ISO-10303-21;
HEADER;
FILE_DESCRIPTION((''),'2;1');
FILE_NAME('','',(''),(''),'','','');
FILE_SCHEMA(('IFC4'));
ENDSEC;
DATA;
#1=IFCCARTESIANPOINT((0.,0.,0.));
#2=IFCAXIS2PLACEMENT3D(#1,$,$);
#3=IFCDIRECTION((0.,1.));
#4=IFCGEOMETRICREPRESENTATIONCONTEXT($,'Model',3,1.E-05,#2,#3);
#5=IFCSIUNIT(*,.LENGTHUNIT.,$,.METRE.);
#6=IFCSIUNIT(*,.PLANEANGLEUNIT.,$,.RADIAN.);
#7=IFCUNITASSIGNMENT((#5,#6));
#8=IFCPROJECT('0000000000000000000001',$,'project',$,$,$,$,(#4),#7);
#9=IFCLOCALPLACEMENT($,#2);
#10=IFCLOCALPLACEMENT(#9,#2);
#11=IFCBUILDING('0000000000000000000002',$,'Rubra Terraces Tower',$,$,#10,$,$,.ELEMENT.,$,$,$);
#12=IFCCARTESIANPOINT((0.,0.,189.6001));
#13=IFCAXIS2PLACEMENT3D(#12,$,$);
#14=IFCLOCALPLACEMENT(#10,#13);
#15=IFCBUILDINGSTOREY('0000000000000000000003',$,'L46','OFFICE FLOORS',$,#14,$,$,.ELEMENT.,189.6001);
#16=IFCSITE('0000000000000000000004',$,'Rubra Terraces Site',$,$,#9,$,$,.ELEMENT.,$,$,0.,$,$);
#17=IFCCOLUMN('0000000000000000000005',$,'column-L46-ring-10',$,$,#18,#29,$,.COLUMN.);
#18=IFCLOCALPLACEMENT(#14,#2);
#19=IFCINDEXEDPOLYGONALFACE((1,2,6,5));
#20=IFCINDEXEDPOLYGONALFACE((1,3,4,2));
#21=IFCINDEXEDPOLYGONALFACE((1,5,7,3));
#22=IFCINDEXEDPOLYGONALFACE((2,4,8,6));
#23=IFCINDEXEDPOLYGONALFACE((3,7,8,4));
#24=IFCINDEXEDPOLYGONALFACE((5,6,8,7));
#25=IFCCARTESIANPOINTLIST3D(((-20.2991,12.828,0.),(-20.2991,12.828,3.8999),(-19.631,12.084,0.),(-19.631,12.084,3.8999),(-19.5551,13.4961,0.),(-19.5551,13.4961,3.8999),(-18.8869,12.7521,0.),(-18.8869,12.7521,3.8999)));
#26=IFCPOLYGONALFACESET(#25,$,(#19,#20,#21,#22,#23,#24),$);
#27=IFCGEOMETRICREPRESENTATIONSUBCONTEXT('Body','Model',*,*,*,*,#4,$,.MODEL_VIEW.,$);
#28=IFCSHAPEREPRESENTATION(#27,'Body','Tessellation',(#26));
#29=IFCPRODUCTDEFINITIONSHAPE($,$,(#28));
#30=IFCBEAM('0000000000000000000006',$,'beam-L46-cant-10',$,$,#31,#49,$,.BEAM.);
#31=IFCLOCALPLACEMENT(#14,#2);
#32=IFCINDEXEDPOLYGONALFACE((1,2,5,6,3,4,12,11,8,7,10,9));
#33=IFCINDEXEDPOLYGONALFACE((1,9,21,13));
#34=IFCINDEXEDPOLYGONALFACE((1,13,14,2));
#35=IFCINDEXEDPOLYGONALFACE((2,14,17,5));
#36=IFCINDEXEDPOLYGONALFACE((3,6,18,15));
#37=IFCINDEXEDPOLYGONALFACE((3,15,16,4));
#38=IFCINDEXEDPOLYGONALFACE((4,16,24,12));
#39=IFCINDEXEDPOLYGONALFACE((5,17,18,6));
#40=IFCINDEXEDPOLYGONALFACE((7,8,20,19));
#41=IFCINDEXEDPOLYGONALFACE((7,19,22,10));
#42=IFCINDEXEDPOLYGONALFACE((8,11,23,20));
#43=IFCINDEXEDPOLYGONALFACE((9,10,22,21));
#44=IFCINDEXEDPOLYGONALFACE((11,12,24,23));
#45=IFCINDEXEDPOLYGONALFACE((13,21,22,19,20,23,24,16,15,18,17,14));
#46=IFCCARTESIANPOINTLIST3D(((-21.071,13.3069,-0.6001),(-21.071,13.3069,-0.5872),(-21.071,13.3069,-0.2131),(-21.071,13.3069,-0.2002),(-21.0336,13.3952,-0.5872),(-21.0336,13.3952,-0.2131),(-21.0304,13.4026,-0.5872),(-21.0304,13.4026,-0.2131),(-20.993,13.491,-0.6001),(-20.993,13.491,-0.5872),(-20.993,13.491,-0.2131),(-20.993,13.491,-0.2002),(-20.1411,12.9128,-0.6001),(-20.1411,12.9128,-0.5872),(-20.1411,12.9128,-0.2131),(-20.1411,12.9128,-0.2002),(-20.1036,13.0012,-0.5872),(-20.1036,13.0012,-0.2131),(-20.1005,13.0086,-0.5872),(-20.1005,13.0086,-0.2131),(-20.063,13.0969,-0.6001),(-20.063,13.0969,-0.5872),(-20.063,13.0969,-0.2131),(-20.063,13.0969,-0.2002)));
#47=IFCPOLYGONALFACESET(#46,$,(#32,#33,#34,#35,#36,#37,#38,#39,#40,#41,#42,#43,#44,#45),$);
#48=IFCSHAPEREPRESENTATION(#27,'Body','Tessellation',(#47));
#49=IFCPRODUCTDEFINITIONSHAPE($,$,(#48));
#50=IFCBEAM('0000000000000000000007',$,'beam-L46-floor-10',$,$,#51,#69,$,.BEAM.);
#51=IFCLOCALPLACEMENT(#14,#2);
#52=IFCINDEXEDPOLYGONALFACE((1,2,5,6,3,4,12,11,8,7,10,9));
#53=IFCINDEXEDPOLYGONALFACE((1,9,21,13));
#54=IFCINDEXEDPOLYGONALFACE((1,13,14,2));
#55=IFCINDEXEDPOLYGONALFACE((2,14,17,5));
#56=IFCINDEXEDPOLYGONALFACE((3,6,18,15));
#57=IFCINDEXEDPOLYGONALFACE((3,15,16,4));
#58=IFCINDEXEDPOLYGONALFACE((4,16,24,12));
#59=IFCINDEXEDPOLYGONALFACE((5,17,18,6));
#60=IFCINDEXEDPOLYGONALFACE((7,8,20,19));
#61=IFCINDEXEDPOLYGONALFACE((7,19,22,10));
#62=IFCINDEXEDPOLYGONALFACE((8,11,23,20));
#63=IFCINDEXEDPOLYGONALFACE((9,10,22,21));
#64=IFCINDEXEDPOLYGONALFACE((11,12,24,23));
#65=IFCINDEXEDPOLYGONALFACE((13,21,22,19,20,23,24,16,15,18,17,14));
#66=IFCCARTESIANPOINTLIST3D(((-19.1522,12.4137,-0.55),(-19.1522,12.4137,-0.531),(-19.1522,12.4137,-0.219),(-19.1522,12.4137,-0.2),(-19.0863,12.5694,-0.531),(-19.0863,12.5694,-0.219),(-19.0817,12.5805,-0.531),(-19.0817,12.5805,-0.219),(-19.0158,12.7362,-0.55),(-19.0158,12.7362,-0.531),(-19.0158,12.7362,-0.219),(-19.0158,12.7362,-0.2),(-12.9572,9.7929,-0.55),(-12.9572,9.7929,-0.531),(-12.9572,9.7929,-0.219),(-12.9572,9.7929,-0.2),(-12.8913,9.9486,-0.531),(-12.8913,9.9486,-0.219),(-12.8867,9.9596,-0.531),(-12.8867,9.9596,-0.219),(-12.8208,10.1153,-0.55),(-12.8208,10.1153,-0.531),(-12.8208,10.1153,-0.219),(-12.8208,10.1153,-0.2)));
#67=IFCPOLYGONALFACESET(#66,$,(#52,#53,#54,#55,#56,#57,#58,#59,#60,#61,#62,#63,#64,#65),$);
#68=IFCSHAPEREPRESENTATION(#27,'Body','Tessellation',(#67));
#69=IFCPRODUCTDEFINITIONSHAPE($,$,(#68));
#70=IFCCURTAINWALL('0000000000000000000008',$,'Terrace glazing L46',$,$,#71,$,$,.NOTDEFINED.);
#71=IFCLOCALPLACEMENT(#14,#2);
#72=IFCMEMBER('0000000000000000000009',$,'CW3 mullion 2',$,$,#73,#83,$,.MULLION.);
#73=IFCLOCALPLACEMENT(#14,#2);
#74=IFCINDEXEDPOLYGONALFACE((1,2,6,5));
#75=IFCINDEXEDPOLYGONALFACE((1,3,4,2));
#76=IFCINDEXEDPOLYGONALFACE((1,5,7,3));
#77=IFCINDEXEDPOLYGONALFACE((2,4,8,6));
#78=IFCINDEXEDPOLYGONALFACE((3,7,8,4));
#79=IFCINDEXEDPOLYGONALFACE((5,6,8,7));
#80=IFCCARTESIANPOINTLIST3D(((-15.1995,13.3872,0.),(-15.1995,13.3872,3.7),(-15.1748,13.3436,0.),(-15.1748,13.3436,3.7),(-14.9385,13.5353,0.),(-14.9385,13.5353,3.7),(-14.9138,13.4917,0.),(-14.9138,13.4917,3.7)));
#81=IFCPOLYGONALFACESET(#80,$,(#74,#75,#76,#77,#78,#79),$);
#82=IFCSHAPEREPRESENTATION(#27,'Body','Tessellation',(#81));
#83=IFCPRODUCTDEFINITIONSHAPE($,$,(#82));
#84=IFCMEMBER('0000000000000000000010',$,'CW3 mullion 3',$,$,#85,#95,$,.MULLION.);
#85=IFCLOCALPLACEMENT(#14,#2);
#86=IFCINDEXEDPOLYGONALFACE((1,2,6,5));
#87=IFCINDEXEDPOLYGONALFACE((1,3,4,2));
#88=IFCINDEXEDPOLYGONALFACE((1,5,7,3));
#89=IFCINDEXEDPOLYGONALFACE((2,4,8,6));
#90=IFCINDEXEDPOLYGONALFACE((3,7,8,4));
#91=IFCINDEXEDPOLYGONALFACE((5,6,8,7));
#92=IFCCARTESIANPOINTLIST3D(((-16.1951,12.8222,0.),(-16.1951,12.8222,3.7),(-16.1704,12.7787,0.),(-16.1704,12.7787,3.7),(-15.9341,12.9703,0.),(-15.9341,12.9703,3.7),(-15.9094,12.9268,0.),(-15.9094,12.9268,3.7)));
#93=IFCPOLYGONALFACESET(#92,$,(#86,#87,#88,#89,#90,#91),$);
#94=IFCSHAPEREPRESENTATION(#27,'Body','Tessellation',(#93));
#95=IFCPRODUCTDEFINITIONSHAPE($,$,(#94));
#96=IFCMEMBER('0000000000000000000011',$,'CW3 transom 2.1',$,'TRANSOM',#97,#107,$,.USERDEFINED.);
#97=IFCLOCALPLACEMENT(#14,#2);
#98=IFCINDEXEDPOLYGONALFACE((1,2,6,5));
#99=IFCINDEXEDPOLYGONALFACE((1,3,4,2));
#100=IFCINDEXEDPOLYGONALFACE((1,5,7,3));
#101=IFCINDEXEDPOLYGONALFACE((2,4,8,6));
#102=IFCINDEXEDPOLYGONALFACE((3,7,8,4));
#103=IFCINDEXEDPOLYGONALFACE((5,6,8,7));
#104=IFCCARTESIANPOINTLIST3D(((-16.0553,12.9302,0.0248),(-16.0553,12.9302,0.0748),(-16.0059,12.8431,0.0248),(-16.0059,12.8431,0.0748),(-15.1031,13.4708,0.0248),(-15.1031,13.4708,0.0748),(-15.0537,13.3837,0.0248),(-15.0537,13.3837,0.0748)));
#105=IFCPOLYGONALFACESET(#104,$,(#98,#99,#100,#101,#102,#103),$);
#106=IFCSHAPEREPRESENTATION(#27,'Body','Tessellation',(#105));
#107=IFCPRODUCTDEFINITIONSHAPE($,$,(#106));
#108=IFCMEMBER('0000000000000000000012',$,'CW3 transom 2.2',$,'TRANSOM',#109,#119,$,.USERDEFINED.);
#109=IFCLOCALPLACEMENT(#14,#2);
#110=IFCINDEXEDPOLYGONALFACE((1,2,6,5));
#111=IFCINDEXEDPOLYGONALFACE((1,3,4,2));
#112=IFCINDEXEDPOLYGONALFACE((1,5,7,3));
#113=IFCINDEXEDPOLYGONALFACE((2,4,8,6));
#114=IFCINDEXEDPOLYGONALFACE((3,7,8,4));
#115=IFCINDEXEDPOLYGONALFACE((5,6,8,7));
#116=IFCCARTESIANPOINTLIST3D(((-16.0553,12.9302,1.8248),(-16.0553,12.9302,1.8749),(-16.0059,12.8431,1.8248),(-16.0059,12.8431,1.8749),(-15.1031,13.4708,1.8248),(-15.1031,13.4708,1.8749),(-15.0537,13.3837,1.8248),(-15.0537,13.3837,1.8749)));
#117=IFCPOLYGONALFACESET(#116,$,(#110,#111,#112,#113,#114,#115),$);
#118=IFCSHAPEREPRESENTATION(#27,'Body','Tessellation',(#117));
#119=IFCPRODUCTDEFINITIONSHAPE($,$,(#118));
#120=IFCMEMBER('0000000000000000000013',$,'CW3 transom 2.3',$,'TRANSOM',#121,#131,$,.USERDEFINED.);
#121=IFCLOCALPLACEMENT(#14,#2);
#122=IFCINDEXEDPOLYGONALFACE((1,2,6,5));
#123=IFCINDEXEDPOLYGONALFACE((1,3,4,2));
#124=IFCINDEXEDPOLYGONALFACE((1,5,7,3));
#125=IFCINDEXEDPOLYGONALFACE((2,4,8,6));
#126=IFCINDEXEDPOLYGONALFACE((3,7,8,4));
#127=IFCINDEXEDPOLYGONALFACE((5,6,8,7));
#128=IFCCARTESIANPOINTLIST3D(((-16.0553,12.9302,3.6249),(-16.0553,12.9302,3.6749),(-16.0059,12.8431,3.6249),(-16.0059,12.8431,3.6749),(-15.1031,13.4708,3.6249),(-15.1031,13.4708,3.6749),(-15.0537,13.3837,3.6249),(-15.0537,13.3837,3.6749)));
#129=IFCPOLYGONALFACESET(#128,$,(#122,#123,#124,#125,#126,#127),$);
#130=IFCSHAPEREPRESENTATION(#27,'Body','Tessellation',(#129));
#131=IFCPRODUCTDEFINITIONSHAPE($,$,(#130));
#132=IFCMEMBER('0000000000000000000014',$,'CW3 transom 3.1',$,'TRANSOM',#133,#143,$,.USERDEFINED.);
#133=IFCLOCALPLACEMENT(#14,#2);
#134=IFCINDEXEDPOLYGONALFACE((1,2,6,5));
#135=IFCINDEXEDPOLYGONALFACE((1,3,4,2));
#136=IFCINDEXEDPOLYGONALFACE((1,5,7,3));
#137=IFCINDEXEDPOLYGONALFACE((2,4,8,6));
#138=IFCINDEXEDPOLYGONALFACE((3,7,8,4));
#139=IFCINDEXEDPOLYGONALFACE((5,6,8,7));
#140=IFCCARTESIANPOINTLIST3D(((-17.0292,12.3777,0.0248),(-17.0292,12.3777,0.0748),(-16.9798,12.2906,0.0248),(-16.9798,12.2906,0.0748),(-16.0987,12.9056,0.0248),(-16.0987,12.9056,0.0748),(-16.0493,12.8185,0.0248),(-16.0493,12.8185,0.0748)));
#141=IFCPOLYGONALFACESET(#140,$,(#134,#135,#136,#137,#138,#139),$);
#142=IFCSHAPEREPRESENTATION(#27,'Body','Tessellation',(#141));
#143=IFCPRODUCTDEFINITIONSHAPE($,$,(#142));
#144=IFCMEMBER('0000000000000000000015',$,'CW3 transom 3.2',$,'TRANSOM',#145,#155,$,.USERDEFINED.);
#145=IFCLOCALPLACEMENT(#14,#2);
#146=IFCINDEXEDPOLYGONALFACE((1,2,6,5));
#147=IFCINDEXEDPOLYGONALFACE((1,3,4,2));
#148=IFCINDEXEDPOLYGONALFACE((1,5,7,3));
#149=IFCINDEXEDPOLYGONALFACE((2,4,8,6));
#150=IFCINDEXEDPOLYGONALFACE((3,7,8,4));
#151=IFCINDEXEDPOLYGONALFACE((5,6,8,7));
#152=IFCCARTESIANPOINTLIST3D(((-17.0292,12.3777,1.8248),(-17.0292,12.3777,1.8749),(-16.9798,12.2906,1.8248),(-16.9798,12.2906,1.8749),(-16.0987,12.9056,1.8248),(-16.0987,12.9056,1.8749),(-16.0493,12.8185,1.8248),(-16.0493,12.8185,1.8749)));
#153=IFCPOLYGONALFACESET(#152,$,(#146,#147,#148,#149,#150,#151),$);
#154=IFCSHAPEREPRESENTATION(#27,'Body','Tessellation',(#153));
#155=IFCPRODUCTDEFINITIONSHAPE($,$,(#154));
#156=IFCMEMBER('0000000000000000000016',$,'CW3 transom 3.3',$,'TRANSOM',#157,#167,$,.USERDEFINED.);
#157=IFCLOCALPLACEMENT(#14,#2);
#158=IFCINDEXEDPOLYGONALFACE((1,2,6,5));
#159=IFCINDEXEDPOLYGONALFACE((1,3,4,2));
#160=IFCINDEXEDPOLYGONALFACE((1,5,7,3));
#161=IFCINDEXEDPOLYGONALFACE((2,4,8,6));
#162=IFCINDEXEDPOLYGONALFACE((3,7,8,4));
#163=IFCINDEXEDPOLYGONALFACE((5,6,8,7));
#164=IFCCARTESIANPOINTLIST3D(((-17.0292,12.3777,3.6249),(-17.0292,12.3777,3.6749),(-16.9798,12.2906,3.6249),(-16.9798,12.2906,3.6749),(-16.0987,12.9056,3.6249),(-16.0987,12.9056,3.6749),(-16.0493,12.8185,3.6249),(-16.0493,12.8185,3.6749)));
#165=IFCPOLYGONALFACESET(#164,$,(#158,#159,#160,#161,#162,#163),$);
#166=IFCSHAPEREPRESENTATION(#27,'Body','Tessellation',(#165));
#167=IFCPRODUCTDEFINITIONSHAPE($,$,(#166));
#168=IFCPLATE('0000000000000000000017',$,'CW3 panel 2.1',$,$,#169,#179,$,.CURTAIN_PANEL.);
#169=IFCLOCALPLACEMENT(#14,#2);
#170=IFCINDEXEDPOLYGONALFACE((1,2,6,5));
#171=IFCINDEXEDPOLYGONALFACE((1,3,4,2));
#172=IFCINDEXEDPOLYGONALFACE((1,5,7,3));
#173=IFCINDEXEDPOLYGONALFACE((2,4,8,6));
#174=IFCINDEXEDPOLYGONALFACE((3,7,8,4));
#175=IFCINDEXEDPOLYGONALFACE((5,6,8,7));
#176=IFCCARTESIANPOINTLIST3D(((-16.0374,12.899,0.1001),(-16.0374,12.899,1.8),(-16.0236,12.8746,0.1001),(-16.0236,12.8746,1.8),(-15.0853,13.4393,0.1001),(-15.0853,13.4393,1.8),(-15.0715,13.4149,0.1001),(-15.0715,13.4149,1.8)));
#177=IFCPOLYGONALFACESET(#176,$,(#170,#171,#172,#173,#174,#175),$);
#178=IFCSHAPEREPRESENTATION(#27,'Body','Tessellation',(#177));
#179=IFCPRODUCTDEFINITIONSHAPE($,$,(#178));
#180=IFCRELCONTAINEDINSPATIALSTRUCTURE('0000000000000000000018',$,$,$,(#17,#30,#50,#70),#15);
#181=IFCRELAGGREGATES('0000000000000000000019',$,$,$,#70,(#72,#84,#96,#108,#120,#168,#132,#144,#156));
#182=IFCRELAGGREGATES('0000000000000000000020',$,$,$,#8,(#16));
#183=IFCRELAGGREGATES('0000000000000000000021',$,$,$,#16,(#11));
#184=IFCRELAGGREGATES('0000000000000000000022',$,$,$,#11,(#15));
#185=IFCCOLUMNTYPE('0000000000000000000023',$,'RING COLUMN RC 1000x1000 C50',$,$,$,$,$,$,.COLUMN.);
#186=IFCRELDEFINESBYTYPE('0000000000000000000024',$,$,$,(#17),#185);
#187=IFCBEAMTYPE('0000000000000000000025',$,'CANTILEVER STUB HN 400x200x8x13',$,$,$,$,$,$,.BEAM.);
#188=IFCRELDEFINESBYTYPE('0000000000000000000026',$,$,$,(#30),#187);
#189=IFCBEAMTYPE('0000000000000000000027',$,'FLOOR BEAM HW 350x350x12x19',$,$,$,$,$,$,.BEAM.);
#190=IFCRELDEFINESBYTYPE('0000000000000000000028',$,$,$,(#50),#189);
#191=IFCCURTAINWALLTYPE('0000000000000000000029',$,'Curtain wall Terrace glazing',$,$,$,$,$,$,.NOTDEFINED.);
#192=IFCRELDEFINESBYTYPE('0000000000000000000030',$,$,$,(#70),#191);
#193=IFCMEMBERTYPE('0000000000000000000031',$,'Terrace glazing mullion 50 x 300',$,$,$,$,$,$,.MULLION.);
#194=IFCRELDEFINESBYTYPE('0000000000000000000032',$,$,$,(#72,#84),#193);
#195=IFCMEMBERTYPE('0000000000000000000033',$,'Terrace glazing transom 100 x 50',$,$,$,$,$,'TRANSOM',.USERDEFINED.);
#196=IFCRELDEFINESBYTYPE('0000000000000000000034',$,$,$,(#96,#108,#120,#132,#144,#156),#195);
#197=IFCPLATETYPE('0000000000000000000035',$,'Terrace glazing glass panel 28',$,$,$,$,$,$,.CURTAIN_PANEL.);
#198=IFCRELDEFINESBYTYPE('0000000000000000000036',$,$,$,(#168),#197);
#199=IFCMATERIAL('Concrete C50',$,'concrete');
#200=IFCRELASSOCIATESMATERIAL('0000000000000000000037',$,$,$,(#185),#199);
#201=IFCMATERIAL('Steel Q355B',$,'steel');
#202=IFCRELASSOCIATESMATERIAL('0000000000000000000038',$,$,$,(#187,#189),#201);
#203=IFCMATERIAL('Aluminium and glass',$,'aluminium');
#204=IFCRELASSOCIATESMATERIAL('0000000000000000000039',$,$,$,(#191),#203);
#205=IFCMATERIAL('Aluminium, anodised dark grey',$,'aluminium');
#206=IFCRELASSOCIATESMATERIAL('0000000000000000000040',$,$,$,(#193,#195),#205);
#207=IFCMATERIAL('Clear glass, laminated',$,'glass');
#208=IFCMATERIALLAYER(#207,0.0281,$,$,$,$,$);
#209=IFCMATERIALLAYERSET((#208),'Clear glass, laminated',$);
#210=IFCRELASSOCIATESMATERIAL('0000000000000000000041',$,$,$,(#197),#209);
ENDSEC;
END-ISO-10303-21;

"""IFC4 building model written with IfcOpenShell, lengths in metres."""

from ifc_helpers import new_model, si_unit, direction, frame, origin, origin_2d, place, context, subcontext, project, spatial, rectangle, i_section, extrude, material, layer, layer_set, material_profile, profile_set, type_object, element, aggregate, save


model = new_model("IFC4")

# Units and contexts
model_context = context("Model", 3, precision=1e-05, world=origin(), true_north=direction((0.0, 1.0)))
body_context = subcontext(model_context, "Body", "Model", "MODEL_VIEW")
ifc_project = project(units=[si_unit("LENGTHUNIT", "METRE"), si_unit("PLANEANGLEUNIT", "RADIAN")], contexts=[model_context])

# Site, building, storey
site_placement = place(None, origin())
site = spatial("IfcSite", under=ifc_project, at=site_placement, Name="Rubra Terraces Site", CompositionType="ELEMENT", RefElevation=0.0)
building_placement = place(site_placement, origin())
building = spatial("IfcBuilding", under=site, at=building_placement, Name="Rubra Terraces Tower", CompositionType="ELEMENT")
storey_placement = place(building_placement, frame((0.0, 0.0, 189.6001)))
storey = spatial("IfcBuildingStorey", under=building, at=storey_placement, Name="L46", Description="OFFICE FLOORS", CompositionType="ELEMENT", Elevation=189.6001)

# Column
ifc_material_1 = material(Name="Concrete C50", Category="concrete")
ifc_material_profile_1 = material_profile(ifc_material_1, rectangle(XDim=1.0, YDim=1.0, at=origin_2d()), Name="RC 1000x1000")
ifc_profile_set_1 = profile_set([ifc_material_profile_1], Name="Concrete C50")
column_type = type_object("IfcColumnType", Name="RING COLUMN RC 1000x1000 C50", PredefinedType="COLUMN", material=ifc_profile_set_1)
column_placement = place(storey_placement, frame((-19.593, 12.79, 0.0), z_axis=(0.0, 0.0, 1.0), x_axis=(-0.744021, -0.668156, 0.0)))
element("IfcColumn", 1, at=column_placement, inside=storey, type_object=column_type, Name="column-L46-ring-10", PredefinedType="COLUMN", context=body_context, shape_type="SweptSolid", body=[
    extrude(rectangle(XDim=1.0, YDim=1.0, at=origin_2d()), origin(), (0.0, 0.0, 1.0), 3.8999),
])

# Beams
ifc_material_2 = material(Name="Steel Q355B", Category="steel")
ifc_material_profile_2 = material_profile(ifc_material_2, i_section(OverallWidth=0.2, OverallDepth=0.3999, WebThickness=0.0081, FlangeThickness=0.0129, at=origin_2d()), Name="HN 400x200x8x13")
ifc_profile_set_2 = profile_set([ifc_material_profile_2], Name="Steel Q355B")
beam_type_1 = type_object("IfcBeamType", Name="CANTILEVER STUB HN 400x200x8x13", PredefinedType="BEAM", material=ifc_profile_set_2)
beam_1_placement = place(storey_placement, frame((-20.1021, 13.0049, -0.4001), z_axis=(-0.92075, 0.390153, 0.0), x_axis=(-0.390153, -0.92075, 0.0)))
element("IfcBeam", 2, at=beam_1_placement, inside=storey, type_object=beam_type_1, Name="beam-L46-cant-10", PredefinedType="BEAM", context=body_context, shape_type="SweptSolid", body=[
    extrude(i_section(OverallWidth=0.2, OverallDepth=0.3999, WebThickness=0.0081, FlangeThickness=0.0129, at=origin_2d()), origin(), (0.0, 0.0, 1.0), 1.01),
])
ifc_material_profile_3 = material_profile(ifc_material_2, i_section(OverallWidth=0.3501, OverallDepth=0.3501, WebThickness=0.012, FlangeThickness=0.019, at=origin_2d()), Name="HW 350x350x12x19")
ifc_profile_set_3 = profile_set([ifc_material_profile_3], Name="Steel Q355B")
beam_type_2 = type_object("IfcBeamType", Name="FLOOR BEAM HW 350x350x12x19", PredefinedType="BEAM", material=ifc_profile_set_3)
beam_2_placement = place(storey_placement, frame((-19.084, 12.575, -0.375), z_axis=(0.920975, -0.389622, 0.0), x_axis=(0.389622, 0.920975, 0.0)))
element("IfcBeam", 3, at=beam_2_placement, inside=storey, type_object=beam_type_2, Name="beam-L46-floor-10", PredefinedType="BEAM", context=body_context, shape_type="SweptSolid", body=[
    extrude(i_section(OverallWidth=0.3501, OverallDepth=0.3501, WebThickness=0.012, FlangeThickness=0.019, at=origin_2d()), origin(), (0.0, 0.0, 1.0), 6.7266),
])

# Curtain wall, members, plate
ifc_material_3 = material(Name="Aluminium and glass", Category="aluminium")
curtain_wall_type = type_object("IfcCurtainWallType", Name="Curtain wall Terrace glazing", PredefinedType="NOTDEFINED", material=ifc_material_3)
curtain_wall_placement = place(storey_placement, origin())
curtain_wall = element("IfcCurtainWall", 4, at=curtain_wall_placement, inside=storey, type_object=curtain_wall_type, Name="Terrace glazing L46", PredefinedType="NOTDEFINED")
ifc_material_4 = material(Name="Aluminium, anodised dark grey", Category="aluminium")
ifc_material_profile_4 = material_profile(ifc_material_4, rectangle(XDim=0.05, YDim=0.3, at=origin_2d()), Name="AL 50x300")
ifc_profile_set_4 = profile_set([ifc_material_profile_4], Name="Aluminium, anodised dark grey")
member_type_1 = type_object("IfcMemberType", Name="Terrace glazing mullion 50 x 300", PredefinedType="MULLION", material=ifc_profile_set_4)
member_1_placement = place(storey_placement, frame((-15.0566, 13.4395, 0.0), z_axis=(0.0, 0.0, 1.0), x_axis=(0.493534, -0.869726, 0.0)))
member_1 = element("IfcMember", 5, at=member_1_placement, type_object=member_type_1, Name="CW3 mullion 2", PredefinedType="MULLION", context=body_context, shape_type="SweptSolid", body=[
    extrude(rectangle(XDim=0.05, YDim=0.3, at=origin_2d()), origin(), (0.0, 0.0, 1.0), 3.7),
])
member_2_placement = place(storey_placement, frame((-16.0522, 12.8745, 0.0), z_axis=(0.0, 0.0, 1.0), x_axis=(0.493534, -0.869726, 0.0)))
member_2 = element("IfcMember", 6, at=member_2_placement, type_object=member_type_1, Name="CW3 mullion 3", PredefinedType="MULLION", context=body_context, shape_type="SweptSolid", body=[
    extrude(rectangle(XDim=0.05, YDim=0.3, at=origin_2d()), origin(), (0.0, 0.0, 1.0), 3.7),
])
ifc_material_profile_5 = material_profile(ifc_material_4, rectangle(XDim=0.1001, YDim=0.05, at=origin_2d()), Name="AL 100x50")
ifc_profile_set_5 = profile_set([ifc_material_profile_5], Name="Aluminium, anodised dark grey")
member_type_2 = type_object("IfcMemberType", Name="Terrace glazing transom 100 x 50", ElementType="TRANSOM", PredefinedType="USERDEFINED", material=ifc_profile_set_5)
member_3_placement = place(storey_placement, frame((-15.0784, 13.4272, 0.0498), z_axis=(-0.869639, -0.493688, 0.0), x_axis=(0.493688, -0.869639, 0.0)))
member_3 = element("IfcMember", 7, at=member_3_placement, type_object=member_type_2, Name="CW3 transom 2.1", ObjectType="TRANSOM", PredefinedType="USERDEFINED", context=body_context, shape_type="SweptSolid", body=[
    extrude(rectangle(XDim=0.1001, YDim=0.05, at=origin_2d()), origin(), (0.0, 0.0, 1.0), 1.095),
])
member_4_placement = place(storey_placement, frame((-15.0784, 13.4272, 1.8499), z_axis=(-0.869639, -0.493688, 0.0), x_axis=(0.493688, -0.869639, 0.0)))
member_4 = element("IfcMember", 8, at=member_4_placement, type_object=member_type_2, Name="CW3 transom 2.2", ObjectType="TRANSOM", PredefinedType="USERDEFINED", context=body_context, shape_type="SweptSolid", body=[
    extrude(rectangle(XDim=0.1001, YDim=0.05, at=origin_2d()), origin(), (0.0, 0.0, 1.0), 1.095),
])
member_5_placement = place(storey_placement, frame((-15.0784, 13.4272, 3.6499), z_axis=(-0.869639, -0.493688, 0.0), x_axis=(0.493688, -0.869639, 0.0)))
member_5 = element("IfcMember", 9, at=member_5_placement, type_object=member_type_2, Name="CW3 transom 2.3", ObjectType="TRANSOM", PredefinedType="USERDEFINED", context=body_context, shape_type="SweptSolid", body=[
    extrude(rectangle(XDim=0.1001, YDim=0.05, at=origin_2d()), origin(), (0.0, 0.0, 1.0), 1.095),
])
member_6_placement = place(storey_placement, frame((-16.074, 12.8621, 0.0498), z_axis=(-0.869784, -0.493433, 0.0), x_axis=(0.493433, -0.869784, 0.0)))
member_6 = element("IfcMember", 10, at=member_6_placement, type_object=member_type_2, Name="CW3 transom 3.1", ObjectType="TRANSOM", PredefinedType="USERDEFINED", context=body_context, shape_type="SweptSolid", body=[
    extrude(rectangle(XDim=0.1001, YDim=0.05, at=origin_2d()), origin(), (0.0, 0.0, 1.0), 1.0698),
])
member_7_placement = place(storey_placement, frame((-16.074, 12.8621, 1.8499), z_axis=(-0.869784, -0.493433, 0.0), x_axis=(0.493433, -0.869784, 0.0)))
member_7 = element("IfcMember", 11, at=member_7_placement, type_object=member_type_2, Name="CW3 transom 3.2", ObjectType="TRANSOM", PredefinedType="USERDEFINED", context=body_context, shape_type="SweptSolid", body=[
    extrude(rectangle(XDim=0.1001, YDim=0.05, at=origin_2d()), origin(), (0.0, 0.0, 1.0), 1.0698),
])
member_8_placement = place(storey_placement, frame((-16.074, 12.8621, 3.6499), z_axis=(-0.869784, -0.493433, 0.0), x_axis=(0.493433, -0.869784, 0.0)))
member_8 = element("IfcMember", 12, at=member_8_placement, type_object=member_type_2, Name="CW3 transom 3.3", ObjectType="TRANSOM", PredefinedType="USERDEFINED", context=body_context, shape_type="SweptSolid", body=[
    extrude(rectangle(XDim=0.1001, YDim=0.05, at=origin_2d()), origin(), (0.0, 0.0, 1.0), 1.0698),
])
ifc_material_5 = material(Name="Clear glass, laminated", Category="glass")
ifc_layer_1 = layer(ifc_material_5, 0.0281)
ifc_layer_set_1 = layer_set([ifc_layer_1], Name="Clear glass, laminated")
plate_type = type_object("IfcPlateType", Name="Terrace glazing glass panel 28", PredefinedType="CURTAIN_PANEL", material=ifc_layer_set_1)
plate_1_placement = place(storey_placement, frame((-15.5544, 13.157, 0.1001), z_axis=(0.0, 0.0, 1.0), x_axis=(-0.869726, -0.493534, 0.0)))
plate_1 = element("IfcPlate", 13, at=plate_1_placement, type_object=plate_type, Name="CW3 panel 2.1", PredefinedType="CURTAIN_PANEL", context=body_context, shape_type="SweptSolid", body=[
    extrude(rectangle(XDim=1.0947, YDim=0.0281, at=origin_2d()), origin(), (0.0, 0.0, 1.0), 1.7),
])
aggregate(curtain_wall, [member_1, member_2, member_3, member_4, member_5, plate_1, member_6, member_7, member_8])

save(model, "model.ifc")
